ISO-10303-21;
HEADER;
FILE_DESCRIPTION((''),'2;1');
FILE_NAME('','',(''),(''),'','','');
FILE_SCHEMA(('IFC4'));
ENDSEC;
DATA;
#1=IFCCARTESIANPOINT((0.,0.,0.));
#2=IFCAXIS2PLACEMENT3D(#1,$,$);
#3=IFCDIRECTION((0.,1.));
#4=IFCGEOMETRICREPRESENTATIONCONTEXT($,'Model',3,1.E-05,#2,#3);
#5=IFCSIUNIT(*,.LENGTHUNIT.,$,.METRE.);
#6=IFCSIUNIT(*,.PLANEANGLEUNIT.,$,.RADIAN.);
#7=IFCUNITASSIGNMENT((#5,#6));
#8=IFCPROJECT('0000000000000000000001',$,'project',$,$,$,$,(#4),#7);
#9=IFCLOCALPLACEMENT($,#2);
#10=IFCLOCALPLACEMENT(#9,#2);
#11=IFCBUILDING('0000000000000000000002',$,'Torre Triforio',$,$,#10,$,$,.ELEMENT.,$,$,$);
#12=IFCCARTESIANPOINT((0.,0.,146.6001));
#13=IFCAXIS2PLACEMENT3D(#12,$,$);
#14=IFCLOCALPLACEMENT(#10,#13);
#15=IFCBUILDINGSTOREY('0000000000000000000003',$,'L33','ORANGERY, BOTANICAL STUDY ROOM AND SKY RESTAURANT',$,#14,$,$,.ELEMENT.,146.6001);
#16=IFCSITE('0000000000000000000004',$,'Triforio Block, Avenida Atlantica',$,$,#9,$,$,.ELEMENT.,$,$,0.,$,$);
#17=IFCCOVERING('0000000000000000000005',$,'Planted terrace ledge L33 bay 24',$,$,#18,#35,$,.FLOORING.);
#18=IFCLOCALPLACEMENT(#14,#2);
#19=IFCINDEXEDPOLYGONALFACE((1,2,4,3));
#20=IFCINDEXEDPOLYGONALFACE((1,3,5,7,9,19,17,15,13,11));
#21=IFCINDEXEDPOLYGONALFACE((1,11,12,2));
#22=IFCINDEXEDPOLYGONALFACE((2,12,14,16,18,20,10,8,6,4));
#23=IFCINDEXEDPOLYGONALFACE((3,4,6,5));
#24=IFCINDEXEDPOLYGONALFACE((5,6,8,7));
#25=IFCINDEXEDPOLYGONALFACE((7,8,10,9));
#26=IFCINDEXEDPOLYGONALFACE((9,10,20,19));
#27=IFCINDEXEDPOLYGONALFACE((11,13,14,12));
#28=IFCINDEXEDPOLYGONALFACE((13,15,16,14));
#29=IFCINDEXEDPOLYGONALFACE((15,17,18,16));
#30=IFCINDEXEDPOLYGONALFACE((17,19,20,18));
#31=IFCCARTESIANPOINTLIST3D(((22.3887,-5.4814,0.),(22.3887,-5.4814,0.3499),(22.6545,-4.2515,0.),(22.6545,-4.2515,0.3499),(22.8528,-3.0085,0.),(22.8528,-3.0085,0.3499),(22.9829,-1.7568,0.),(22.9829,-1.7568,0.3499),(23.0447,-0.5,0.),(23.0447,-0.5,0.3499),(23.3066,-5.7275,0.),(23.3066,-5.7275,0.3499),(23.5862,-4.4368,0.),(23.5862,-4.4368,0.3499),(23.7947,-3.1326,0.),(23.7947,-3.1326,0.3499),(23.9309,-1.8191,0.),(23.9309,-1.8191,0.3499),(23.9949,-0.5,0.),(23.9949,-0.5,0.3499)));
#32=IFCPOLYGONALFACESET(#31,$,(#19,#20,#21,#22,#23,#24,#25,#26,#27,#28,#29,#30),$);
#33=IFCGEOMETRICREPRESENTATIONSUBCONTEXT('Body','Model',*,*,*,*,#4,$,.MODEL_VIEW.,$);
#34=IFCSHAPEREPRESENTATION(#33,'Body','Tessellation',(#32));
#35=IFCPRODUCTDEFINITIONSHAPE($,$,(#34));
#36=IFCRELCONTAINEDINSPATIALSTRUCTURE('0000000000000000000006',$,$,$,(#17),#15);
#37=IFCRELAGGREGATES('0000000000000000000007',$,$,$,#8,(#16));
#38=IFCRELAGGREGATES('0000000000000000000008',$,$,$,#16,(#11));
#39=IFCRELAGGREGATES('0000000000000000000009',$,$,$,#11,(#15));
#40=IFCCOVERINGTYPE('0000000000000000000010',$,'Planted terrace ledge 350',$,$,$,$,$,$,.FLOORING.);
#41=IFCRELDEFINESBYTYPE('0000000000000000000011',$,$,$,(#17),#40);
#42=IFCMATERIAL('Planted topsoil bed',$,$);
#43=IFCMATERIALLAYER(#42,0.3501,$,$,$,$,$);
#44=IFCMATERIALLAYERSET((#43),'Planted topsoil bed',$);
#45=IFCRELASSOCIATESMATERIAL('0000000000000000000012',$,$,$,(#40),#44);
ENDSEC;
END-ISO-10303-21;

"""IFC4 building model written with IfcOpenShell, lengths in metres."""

from ifc_helpers import new_model, si_unit, direction, frame, origin, place, context, subcontext, project, spatial, polyline, outline, extrude, material, layer, layer_set, type_object, element, save


model = new_model("IFC4")

# Units and contexts
model_context = context("Model", 3, precision=1e-05, world=origin(), true_north=direction((0.0, 1.0)))
body_context = subcontext(model_context, "Body", "Model", "MODEL_VIEW")
ifc_project = project(units=[si_unit("LENGTHUNIT", "METRE"), si_unit("PLANEANGLEUNIT", "RADIAN")], contexts=[model_context])

# Site, building, storey
site_placement = place(None, origin())
site = spatial("IfcSite", under=ifc_project, at=site_placement, Name="Triforio Block, Avenida Atlantica", CompositionType="ELEMENT", RefElevation=0.0)
building_placement = place(site_placement, origin())
building = spatial("IfcBuilding", under=site, at=building_placement, Name="Torre Triforio", CompositionType="ELEMENT")
storey_placement = place(building_placement, frame((0.0, 0.0, 146.6001)))
storey = spatial("IfcBuildingStorey", under=building, at=storey_placement, Name="L33", Description="ORANGERY, BOTANICAL STUDY ROOM AND SKY RESTAURANT", CompositionType="ELEMENT", Elevation=146.6001)

# Covering
ifc_material_1 = material(Name="Planted topsoil bed")
ifc_layer_1 = layer(ifc_material_1, 0.3501)
ifc_layer_set_1 = layer_set([ifc_layer_1], Name="Planted topsoil bed")
covering_type = type_object("IfcCoveringType", Name="Planted terrace ledge 350", PredefinedType="FLOORING", material=ifc_layer_set_1)
covering_1_placement = place(storey_placement, origin())
element("IfcCovering", 1, at=covering_1_placement, inside=storey, type_object=covering_type, Name="Planted terrace ledge L33 bay 24", PredefinedType="FLOORING", context=body_context, shape_type="SweptSolid", body=[
    extrude(outline(polyline([(22.3887, -5.4814), (22.6545, -4.2515), (22.8528, -3.0085), (22.9829, -1.7568), (23.0447, -0.5), (23.9949, -0.5), (23.9309, -1.8191), (23.7947, -3.1326), (23.5862, -4.4368), (23.3066, -5.7275), (22.3887, -5.4814)])), origin(), (0.0, 0.0, 1.0), 0.3499),
])

save(model, "model.ifc")
